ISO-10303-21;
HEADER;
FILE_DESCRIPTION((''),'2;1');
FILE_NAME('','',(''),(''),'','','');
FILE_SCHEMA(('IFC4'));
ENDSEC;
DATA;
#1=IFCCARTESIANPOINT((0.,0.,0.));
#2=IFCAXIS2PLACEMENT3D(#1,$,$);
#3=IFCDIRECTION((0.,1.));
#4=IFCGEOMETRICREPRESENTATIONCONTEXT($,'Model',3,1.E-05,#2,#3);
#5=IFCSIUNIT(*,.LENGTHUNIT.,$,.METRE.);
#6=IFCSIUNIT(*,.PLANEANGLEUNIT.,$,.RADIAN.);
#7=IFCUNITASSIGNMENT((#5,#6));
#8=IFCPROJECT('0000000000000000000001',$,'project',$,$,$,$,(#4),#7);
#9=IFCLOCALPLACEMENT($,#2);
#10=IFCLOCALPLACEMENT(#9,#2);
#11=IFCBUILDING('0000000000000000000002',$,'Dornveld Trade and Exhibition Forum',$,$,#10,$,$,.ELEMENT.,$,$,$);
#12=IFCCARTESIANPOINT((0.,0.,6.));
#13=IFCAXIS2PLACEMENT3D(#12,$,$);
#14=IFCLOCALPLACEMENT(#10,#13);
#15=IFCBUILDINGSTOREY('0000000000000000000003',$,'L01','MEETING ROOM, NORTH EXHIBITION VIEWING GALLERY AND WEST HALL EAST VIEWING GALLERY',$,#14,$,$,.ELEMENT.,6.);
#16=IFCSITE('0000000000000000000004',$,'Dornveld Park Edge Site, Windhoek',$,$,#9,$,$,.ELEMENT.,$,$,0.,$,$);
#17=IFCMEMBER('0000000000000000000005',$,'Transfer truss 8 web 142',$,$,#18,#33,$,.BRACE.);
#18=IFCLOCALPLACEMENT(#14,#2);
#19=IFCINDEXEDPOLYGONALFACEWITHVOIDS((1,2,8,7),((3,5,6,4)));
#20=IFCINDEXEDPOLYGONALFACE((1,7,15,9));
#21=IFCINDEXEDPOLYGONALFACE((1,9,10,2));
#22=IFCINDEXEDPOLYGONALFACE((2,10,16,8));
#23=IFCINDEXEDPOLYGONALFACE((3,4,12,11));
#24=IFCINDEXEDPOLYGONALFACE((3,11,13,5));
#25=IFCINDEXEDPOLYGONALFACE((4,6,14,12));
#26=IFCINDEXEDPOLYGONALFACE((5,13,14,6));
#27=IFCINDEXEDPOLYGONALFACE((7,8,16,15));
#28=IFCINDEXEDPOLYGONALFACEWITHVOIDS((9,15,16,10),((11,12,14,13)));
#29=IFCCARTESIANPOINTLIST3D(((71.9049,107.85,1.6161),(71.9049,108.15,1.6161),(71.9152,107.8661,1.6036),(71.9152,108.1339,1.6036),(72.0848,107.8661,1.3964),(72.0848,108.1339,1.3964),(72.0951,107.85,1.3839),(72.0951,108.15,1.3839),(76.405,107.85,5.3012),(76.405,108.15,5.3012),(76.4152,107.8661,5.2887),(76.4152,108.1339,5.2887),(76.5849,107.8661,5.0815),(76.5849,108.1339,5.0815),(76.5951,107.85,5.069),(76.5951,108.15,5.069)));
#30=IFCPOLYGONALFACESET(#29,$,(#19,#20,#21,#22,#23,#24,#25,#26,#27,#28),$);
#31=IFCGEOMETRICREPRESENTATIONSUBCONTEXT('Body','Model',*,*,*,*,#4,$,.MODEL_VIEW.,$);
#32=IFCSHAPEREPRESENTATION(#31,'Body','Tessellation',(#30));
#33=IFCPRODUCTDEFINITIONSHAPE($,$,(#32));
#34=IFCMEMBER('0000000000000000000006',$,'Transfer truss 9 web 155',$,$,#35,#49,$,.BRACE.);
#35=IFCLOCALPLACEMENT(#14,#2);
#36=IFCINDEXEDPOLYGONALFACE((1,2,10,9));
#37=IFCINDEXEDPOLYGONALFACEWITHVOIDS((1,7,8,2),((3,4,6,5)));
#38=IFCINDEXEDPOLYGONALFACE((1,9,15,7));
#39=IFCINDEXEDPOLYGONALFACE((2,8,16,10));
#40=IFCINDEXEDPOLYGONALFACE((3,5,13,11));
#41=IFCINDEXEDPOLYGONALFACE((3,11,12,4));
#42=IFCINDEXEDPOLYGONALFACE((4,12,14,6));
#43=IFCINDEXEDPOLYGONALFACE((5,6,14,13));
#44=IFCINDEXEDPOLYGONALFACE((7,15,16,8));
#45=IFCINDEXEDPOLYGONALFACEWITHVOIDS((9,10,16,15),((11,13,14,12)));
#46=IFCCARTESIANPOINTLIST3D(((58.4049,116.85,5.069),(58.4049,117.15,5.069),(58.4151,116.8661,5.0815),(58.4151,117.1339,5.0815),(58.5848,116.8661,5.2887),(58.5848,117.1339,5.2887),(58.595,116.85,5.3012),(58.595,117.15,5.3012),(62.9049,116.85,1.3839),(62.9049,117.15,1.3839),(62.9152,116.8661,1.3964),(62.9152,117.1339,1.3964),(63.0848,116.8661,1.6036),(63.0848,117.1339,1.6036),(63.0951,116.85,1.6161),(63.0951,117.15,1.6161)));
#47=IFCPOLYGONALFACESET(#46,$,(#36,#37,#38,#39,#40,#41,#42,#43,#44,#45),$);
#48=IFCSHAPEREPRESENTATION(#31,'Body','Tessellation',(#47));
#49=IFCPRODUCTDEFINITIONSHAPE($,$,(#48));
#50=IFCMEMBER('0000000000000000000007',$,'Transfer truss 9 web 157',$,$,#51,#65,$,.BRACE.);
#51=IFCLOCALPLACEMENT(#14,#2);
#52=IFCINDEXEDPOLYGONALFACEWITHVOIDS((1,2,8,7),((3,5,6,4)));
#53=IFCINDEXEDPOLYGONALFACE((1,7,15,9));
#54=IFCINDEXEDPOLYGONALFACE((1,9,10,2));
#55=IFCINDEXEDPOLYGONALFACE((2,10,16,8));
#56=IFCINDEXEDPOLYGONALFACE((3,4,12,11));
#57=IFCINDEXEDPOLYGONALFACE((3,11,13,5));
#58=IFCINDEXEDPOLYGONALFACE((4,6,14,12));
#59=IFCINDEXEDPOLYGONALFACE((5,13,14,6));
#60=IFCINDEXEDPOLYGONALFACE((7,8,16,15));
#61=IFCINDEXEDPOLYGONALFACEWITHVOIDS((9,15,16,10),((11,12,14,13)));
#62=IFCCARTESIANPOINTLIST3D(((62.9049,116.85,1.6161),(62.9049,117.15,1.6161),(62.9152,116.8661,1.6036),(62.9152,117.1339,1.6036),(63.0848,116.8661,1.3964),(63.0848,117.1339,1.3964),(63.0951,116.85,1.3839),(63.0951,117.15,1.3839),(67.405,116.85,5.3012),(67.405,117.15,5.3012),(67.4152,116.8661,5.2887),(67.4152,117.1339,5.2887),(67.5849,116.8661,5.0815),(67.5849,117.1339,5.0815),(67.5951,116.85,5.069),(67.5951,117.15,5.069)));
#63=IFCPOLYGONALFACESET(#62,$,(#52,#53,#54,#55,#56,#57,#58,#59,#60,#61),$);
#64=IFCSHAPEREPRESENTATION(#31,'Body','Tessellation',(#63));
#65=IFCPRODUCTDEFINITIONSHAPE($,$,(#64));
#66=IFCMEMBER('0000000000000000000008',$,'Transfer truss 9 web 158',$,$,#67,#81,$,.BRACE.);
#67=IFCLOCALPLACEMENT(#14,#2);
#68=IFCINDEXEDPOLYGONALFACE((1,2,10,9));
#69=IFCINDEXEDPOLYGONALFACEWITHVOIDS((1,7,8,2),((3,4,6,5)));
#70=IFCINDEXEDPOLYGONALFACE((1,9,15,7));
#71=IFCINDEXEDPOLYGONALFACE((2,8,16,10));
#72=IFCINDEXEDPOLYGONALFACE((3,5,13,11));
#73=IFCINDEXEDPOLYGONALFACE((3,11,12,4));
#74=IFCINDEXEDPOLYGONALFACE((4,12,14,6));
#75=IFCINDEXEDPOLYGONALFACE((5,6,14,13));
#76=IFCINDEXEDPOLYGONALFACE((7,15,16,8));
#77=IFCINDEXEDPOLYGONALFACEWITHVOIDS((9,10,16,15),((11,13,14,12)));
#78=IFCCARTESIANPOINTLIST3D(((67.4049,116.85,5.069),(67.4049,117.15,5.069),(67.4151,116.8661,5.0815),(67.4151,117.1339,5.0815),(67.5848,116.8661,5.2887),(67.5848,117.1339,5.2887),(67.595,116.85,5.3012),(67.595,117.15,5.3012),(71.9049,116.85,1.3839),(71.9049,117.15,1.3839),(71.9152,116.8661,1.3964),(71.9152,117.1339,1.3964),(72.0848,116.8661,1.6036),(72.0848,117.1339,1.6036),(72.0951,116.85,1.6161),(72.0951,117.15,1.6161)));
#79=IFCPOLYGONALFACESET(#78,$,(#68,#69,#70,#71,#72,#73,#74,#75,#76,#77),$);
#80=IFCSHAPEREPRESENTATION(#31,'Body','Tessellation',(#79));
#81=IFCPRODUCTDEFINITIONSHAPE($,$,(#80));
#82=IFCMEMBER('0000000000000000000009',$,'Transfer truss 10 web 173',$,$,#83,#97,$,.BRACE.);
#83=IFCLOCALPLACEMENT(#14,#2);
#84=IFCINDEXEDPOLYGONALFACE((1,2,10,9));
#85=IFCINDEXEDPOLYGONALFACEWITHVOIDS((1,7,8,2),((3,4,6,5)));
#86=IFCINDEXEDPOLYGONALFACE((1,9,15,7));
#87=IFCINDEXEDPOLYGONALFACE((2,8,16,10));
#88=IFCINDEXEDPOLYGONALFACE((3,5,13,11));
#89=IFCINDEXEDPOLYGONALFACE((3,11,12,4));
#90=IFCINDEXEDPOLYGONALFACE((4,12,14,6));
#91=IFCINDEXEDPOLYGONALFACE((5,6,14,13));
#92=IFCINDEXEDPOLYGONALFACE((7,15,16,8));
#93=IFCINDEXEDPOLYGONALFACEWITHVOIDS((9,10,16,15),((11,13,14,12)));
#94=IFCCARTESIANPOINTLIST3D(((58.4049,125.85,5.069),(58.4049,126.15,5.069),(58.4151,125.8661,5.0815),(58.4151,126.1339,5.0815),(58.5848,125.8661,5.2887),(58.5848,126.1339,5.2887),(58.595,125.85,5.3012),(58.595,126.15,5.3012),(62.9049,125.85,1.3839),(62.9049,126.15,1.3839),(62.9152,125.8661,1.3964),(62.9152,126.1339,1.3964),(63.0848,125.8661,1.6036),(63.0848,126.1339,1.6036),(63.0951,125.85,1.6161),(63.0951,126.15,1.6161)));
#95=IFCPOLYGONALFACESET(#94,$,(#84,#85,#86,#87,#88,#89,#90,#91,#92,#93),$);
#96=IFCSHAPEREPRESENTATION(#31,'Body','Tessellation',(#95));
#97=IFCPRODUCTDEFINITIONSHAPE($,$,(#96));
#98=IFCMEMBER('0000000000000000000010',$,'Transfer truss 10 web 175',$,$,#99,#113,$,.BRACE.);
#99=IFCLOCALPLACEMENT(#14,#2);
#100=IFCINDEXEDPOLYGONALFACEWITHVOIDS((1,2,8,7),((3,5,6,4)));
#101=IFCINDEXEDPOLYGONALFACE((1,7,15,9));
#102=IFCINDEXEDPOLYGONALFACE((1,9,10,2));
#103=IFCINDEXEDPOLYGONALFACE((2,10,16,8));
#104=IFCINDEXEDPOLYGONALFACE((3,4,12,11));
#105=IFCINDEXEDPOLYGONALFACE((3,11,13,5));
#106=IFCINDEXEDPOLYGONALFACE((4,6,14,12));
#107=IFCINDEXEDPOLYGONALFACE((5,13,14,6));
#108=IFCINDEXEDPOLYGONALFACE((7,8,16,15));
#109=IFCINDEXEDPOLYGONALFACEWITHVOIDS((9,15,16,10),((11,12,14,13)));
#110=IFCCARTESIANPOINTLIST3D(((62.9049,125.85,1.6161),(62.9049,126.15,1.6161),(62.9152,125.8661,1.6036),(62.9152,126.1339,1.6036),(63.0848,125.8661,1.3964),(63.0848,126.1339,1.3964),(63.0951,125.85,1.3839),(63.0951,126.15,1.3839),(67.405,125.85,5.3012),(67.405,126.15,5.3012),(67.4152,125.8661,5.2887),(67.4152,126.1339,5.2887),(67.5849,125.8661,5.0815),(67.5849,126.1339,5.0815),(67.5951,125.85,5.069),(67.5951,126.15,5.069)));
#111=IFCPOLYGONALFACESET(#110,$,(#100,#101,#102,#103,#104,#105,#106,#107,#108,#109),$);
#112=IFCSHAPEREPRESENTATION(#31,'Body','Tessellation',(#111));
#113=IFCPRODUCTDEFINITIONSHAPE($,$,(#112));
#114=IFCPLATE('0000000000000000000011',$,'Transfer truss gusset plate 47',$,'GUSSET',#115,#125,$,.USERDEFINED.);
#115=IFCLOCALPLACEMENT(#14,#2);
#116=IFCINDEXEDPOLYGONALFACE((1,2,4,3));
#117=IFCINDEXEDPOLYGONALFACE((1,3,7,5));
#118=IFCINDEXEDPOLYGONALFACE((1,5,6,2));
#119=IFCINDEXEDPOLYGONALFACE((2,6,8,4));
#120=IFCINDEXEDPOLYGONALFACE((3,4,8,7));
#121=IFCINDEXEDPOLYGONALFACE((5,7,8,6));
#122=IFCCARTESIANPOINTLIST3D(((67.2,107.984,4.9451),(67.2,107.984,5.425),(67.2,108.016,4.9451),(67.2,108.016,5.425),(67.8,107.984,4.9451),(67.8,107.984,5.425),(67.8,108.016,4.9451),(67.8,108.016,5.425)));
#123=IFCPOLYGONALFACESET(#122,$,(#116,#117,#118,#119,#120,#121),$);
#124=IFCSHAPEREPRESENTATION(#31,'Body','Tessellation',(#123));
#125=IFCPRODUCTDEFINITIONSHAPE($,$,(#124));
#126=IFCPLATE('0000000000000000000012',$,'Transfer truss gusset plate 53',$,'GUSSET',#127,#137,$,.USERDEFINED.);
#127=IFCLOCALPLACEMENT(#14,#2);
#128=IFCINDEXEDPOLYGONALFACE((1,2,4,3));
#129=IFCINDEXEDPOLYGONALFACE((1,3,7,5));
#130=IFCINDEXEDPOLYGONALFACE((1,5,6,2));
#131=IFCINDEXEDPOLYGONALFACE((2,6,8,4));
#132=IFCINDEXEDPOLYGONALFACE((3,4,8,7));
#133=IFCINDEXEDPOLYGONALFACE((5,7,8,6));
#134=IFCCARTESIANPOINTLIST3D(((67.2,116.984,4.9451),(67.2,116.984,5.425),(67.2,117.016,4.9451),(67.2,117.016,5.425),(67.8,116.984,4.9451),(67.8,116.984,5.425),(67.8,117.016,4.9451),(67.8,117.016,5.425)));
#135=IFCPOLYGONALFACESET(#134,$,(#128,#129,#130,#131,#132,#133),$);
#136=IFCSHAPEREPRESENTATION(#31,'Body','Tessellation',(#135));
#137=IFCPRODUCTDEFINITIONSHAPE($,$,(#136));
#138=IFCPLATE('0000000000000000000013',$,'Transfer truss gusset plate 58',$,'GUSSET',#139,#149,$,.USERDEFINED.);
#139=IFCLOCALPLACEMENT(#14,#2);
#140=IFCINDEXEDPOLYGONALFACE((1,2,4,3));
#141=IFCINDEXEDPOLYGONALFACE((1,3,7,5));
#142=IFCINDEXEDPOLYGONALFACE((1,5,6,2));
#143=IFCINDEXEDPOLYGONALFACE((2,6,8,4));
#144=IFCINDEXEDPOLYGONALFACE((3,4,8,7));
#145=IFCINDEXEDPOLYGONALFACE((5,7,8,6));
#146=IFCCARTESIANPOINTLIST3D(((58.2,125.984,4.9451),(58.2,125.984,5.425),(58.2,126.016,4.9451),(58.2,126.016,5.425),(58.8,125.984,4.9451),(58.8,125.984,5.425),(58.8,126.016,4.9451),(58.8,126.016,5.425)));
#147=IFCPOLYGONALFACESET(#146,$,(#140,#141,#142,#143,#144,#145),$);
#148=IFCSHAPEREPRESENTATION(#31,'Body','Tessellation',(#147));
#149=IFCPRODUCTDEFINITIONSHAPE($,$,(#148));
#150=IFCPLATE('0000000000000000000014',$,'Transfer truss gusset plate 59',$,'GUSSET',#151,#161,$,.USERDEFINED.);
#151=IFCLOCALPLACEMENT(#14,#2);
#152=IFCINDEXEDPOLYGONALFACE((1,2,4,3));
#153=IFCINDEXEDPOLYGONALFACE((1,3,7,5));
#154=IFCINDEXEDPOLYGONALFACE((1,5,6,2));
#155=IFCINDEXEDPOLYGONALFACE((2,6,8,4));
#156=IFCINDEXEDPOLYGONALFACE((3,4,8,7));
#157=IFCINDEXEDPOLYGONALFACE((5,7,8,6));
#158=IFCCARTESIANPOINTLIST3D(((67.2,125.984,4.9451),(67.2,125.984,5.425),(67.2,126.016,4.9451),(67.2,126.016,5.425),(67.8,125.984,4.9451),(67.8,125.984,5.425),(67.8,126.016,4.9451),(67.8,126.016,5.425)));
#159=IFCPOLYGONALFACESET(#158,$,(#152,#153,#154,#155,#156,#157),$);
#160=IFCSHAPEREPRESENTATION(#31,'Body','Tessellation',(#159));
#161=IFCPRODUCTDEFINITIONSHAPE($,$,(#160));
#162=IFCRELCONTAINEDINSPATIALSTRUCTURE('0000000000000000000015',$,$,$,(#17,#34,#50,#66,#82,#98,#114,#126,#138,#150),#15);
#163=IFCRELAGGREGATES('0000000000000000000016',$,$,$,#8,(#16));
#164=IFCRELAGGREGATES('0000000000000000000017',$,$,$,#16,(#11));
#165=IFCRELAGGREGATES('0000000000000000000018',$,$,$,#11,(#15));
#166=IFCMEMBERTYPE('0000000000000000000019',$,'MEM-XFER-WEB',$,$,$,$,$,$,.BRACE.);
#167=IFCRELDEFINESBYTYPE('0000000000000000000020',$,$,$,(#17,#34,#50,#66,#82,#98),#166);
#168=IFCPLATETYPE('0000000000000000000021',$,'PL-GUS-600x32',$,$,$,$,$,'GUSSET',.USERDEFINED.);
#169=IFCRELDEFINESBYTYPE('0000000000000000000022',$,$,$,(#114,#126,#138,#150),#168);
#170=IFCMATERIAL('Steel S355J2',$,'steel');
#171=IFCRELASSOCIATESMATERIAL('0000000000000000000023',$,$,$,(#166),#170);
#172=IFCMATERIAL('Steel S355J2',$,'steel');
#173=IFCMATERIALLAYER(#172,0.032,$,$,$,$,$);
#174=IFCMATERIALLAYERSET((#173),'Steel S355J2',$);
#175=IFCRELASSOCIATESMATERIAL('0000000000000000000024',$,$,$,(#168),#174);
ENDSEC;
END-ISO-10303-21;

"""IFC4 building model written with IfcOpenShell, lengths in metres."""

from ifc_helpers import new_model, si_unit, direction, frame, origin, origin_2d, place, context, subcontext, project, spatial, rectangle, hollow_rectangle, extrude, material, layer, layer_set, material_profile, profile_set, type_object, element, save


model = new_model("IFC4")

# Units and contexts
model_context = context("Model", 3, precision=1e-05, world=origin(), true_north=direction((0.0, 1.0)))
body_context = subcontext(model_context, "Body", "Model", "MODEL_VIEW")
ifc_project = project(units=[si_unit("LENGTHUNIT", "METRE"), si_unit("PLANEANGLEUNIT", "RADIAN")], contexts=[model_context])

# Site, building, storey
site_placement = place(None, origin())
site = spatial("IfcSite", under=ifc_project, at=site_placement, Name="Dornveld Park Edge Site, Windhoek", CompositionType="ELEMENT", RefElevation=0.0)
building_placement = place(site_placement, origin())
building = spatial("IfcBuilding", under=site, at=building_placement, Name="Dornveld Trade and Exhibition Forum", CompositionType="ELEMENT")
storey_placement = place(building_placement, frame((0.0, 0.0, 6.0)))
storey = spatial("IfcBuildingStorey", under=building, at=storey_placement, Name="L01", Description="MEETING ROOM, NORTH EXHIBITION VIEWING GALLERY AND WEST HALL EAST VIEWING GALLERY", CompositionType="ELEMENT", Elevation=6.0)

# Members
ifc_material_1 = material(Name="Steel S355J2", Category="steel")
ifc_material_profile_1 = material_profile(ifc_material_1, hollow_rectangle(XDim=0.3, YDim=0.3, WallThickness=0.0161, at=origin_2d()), Name="SHS 300x300x16")
ifc_profile_set_1 = profile_set([ifc_material_profile_1], Name="Steel S355J2")
member_type_1 = type_object("IfcMemberType", Name="MEM-XFER-WEB", PredefinedType="BRACE", material=ifc_profile_set_1)
for number, where, z_axis, x_axis, name in (
    (1, (72.0, 108.0, 1.5), (0.773684, 0.0, 0.633571), (0.0, 1.0, 0.0), "Transfer truss 8 web 142"),
    (2, (63.0, 117.0, 1.5), (-0.773684, 0.0, 0.633571), (0.0, -1.0, 0.0), "Transfer truss 9 web 155"),
    (3, (63.0, 117.0, 1.5), (0.773684, 0.0, 0.633571), (0.0, 1.0, 0.0), "Transfer truss 9 web 157"),
    (4, (72.0, 117.0, 1.5), (-0.773684, 0.0, 0.633571), (0.0, -1.0, 0.0), "Transfer truss 9 web 158"),
    (5, (63.0, 126.0, 1.5), (-0.773684, 0.0, 0.633571), (0.0, -1.0, 0.0), "Transfer truss 10 web 173"),
    (6, (63.0, 126.0, 1.5), (0.773684, 0.0, 0.633571), (0.0, 1.0, 0.0), "Transfer truss 10 web 175"),
):
    element("IfcMember", number, at=place(storey_placement, frame(where, z_axis=z_axis, x_axis=x_axis)), inside=storey, type_object=member_type_1, Name=name, PredefinedType="BRACE", context=body_context, shape_type="SweptSolid", body=[
        extrude(hollow_rectangle(XDim=0.3, YDim=0.3, WallThickness=0.0161, at=origin_2d()), origin(), (0.0, 0.0, 1.0), 5.8164),
    ])

# Plates
ifc_material_2 = material(Name="Steel S355J2", Category="steel")
ifc_layer = layer(ifc_material_2, 0.032)
ifc_layer_set = layer_set([ifc_layer], Name="Steel S355J2")
plate_type = type_object("IfcPlateType", Name="PL-GUS-600x32", ElementType="GUSSET", PredefinedType="USERDEFINED", material=ifc_layer_set)
for number, where, z_axis, x_axis, name in (
    (7, (67.5, 108.0, 4.9451), (0.0, 0.0, 1.0), (1.0, 0.0, 0.0), "Transfer truss gusset plate 47"),
    (8, (67.5, 117.0, 4.9451), (0.0, 0.0, 1.0), (1.0, 0.0, 0.0), "Transfer truss gusset plate 53"),
    (9, (58.5, 126.0, 4.9451), (0.0, 0.0, 1.0), (1.0, 0.0, 0.0), "Transfer truss gusset plate 58"),
    (10, (67.5, 126.0, 4.9451), (0.0, 0.0, 1.0), (1.0, 0.0, 0.0), "Transfer truss gusset plate 59"),
):
    element("IfcPlate", number, at=place(storey_placement, frame(where, z_axis=z_axis, x_axis=x_axis)), inside=storey, type_object=plate_type, Name=name, ObjectType="GUSSET", PredefinedType="USERDEFINED", context=body_context, shape_type="SweptSolid", body=[
        extrude(rectangle(XDim=0.6001, YDim=0.032, at=origin_2d()), origin(), (0.0, 0.0, 1.0), 0.48),
    ])

save(model, "model.ifc")
